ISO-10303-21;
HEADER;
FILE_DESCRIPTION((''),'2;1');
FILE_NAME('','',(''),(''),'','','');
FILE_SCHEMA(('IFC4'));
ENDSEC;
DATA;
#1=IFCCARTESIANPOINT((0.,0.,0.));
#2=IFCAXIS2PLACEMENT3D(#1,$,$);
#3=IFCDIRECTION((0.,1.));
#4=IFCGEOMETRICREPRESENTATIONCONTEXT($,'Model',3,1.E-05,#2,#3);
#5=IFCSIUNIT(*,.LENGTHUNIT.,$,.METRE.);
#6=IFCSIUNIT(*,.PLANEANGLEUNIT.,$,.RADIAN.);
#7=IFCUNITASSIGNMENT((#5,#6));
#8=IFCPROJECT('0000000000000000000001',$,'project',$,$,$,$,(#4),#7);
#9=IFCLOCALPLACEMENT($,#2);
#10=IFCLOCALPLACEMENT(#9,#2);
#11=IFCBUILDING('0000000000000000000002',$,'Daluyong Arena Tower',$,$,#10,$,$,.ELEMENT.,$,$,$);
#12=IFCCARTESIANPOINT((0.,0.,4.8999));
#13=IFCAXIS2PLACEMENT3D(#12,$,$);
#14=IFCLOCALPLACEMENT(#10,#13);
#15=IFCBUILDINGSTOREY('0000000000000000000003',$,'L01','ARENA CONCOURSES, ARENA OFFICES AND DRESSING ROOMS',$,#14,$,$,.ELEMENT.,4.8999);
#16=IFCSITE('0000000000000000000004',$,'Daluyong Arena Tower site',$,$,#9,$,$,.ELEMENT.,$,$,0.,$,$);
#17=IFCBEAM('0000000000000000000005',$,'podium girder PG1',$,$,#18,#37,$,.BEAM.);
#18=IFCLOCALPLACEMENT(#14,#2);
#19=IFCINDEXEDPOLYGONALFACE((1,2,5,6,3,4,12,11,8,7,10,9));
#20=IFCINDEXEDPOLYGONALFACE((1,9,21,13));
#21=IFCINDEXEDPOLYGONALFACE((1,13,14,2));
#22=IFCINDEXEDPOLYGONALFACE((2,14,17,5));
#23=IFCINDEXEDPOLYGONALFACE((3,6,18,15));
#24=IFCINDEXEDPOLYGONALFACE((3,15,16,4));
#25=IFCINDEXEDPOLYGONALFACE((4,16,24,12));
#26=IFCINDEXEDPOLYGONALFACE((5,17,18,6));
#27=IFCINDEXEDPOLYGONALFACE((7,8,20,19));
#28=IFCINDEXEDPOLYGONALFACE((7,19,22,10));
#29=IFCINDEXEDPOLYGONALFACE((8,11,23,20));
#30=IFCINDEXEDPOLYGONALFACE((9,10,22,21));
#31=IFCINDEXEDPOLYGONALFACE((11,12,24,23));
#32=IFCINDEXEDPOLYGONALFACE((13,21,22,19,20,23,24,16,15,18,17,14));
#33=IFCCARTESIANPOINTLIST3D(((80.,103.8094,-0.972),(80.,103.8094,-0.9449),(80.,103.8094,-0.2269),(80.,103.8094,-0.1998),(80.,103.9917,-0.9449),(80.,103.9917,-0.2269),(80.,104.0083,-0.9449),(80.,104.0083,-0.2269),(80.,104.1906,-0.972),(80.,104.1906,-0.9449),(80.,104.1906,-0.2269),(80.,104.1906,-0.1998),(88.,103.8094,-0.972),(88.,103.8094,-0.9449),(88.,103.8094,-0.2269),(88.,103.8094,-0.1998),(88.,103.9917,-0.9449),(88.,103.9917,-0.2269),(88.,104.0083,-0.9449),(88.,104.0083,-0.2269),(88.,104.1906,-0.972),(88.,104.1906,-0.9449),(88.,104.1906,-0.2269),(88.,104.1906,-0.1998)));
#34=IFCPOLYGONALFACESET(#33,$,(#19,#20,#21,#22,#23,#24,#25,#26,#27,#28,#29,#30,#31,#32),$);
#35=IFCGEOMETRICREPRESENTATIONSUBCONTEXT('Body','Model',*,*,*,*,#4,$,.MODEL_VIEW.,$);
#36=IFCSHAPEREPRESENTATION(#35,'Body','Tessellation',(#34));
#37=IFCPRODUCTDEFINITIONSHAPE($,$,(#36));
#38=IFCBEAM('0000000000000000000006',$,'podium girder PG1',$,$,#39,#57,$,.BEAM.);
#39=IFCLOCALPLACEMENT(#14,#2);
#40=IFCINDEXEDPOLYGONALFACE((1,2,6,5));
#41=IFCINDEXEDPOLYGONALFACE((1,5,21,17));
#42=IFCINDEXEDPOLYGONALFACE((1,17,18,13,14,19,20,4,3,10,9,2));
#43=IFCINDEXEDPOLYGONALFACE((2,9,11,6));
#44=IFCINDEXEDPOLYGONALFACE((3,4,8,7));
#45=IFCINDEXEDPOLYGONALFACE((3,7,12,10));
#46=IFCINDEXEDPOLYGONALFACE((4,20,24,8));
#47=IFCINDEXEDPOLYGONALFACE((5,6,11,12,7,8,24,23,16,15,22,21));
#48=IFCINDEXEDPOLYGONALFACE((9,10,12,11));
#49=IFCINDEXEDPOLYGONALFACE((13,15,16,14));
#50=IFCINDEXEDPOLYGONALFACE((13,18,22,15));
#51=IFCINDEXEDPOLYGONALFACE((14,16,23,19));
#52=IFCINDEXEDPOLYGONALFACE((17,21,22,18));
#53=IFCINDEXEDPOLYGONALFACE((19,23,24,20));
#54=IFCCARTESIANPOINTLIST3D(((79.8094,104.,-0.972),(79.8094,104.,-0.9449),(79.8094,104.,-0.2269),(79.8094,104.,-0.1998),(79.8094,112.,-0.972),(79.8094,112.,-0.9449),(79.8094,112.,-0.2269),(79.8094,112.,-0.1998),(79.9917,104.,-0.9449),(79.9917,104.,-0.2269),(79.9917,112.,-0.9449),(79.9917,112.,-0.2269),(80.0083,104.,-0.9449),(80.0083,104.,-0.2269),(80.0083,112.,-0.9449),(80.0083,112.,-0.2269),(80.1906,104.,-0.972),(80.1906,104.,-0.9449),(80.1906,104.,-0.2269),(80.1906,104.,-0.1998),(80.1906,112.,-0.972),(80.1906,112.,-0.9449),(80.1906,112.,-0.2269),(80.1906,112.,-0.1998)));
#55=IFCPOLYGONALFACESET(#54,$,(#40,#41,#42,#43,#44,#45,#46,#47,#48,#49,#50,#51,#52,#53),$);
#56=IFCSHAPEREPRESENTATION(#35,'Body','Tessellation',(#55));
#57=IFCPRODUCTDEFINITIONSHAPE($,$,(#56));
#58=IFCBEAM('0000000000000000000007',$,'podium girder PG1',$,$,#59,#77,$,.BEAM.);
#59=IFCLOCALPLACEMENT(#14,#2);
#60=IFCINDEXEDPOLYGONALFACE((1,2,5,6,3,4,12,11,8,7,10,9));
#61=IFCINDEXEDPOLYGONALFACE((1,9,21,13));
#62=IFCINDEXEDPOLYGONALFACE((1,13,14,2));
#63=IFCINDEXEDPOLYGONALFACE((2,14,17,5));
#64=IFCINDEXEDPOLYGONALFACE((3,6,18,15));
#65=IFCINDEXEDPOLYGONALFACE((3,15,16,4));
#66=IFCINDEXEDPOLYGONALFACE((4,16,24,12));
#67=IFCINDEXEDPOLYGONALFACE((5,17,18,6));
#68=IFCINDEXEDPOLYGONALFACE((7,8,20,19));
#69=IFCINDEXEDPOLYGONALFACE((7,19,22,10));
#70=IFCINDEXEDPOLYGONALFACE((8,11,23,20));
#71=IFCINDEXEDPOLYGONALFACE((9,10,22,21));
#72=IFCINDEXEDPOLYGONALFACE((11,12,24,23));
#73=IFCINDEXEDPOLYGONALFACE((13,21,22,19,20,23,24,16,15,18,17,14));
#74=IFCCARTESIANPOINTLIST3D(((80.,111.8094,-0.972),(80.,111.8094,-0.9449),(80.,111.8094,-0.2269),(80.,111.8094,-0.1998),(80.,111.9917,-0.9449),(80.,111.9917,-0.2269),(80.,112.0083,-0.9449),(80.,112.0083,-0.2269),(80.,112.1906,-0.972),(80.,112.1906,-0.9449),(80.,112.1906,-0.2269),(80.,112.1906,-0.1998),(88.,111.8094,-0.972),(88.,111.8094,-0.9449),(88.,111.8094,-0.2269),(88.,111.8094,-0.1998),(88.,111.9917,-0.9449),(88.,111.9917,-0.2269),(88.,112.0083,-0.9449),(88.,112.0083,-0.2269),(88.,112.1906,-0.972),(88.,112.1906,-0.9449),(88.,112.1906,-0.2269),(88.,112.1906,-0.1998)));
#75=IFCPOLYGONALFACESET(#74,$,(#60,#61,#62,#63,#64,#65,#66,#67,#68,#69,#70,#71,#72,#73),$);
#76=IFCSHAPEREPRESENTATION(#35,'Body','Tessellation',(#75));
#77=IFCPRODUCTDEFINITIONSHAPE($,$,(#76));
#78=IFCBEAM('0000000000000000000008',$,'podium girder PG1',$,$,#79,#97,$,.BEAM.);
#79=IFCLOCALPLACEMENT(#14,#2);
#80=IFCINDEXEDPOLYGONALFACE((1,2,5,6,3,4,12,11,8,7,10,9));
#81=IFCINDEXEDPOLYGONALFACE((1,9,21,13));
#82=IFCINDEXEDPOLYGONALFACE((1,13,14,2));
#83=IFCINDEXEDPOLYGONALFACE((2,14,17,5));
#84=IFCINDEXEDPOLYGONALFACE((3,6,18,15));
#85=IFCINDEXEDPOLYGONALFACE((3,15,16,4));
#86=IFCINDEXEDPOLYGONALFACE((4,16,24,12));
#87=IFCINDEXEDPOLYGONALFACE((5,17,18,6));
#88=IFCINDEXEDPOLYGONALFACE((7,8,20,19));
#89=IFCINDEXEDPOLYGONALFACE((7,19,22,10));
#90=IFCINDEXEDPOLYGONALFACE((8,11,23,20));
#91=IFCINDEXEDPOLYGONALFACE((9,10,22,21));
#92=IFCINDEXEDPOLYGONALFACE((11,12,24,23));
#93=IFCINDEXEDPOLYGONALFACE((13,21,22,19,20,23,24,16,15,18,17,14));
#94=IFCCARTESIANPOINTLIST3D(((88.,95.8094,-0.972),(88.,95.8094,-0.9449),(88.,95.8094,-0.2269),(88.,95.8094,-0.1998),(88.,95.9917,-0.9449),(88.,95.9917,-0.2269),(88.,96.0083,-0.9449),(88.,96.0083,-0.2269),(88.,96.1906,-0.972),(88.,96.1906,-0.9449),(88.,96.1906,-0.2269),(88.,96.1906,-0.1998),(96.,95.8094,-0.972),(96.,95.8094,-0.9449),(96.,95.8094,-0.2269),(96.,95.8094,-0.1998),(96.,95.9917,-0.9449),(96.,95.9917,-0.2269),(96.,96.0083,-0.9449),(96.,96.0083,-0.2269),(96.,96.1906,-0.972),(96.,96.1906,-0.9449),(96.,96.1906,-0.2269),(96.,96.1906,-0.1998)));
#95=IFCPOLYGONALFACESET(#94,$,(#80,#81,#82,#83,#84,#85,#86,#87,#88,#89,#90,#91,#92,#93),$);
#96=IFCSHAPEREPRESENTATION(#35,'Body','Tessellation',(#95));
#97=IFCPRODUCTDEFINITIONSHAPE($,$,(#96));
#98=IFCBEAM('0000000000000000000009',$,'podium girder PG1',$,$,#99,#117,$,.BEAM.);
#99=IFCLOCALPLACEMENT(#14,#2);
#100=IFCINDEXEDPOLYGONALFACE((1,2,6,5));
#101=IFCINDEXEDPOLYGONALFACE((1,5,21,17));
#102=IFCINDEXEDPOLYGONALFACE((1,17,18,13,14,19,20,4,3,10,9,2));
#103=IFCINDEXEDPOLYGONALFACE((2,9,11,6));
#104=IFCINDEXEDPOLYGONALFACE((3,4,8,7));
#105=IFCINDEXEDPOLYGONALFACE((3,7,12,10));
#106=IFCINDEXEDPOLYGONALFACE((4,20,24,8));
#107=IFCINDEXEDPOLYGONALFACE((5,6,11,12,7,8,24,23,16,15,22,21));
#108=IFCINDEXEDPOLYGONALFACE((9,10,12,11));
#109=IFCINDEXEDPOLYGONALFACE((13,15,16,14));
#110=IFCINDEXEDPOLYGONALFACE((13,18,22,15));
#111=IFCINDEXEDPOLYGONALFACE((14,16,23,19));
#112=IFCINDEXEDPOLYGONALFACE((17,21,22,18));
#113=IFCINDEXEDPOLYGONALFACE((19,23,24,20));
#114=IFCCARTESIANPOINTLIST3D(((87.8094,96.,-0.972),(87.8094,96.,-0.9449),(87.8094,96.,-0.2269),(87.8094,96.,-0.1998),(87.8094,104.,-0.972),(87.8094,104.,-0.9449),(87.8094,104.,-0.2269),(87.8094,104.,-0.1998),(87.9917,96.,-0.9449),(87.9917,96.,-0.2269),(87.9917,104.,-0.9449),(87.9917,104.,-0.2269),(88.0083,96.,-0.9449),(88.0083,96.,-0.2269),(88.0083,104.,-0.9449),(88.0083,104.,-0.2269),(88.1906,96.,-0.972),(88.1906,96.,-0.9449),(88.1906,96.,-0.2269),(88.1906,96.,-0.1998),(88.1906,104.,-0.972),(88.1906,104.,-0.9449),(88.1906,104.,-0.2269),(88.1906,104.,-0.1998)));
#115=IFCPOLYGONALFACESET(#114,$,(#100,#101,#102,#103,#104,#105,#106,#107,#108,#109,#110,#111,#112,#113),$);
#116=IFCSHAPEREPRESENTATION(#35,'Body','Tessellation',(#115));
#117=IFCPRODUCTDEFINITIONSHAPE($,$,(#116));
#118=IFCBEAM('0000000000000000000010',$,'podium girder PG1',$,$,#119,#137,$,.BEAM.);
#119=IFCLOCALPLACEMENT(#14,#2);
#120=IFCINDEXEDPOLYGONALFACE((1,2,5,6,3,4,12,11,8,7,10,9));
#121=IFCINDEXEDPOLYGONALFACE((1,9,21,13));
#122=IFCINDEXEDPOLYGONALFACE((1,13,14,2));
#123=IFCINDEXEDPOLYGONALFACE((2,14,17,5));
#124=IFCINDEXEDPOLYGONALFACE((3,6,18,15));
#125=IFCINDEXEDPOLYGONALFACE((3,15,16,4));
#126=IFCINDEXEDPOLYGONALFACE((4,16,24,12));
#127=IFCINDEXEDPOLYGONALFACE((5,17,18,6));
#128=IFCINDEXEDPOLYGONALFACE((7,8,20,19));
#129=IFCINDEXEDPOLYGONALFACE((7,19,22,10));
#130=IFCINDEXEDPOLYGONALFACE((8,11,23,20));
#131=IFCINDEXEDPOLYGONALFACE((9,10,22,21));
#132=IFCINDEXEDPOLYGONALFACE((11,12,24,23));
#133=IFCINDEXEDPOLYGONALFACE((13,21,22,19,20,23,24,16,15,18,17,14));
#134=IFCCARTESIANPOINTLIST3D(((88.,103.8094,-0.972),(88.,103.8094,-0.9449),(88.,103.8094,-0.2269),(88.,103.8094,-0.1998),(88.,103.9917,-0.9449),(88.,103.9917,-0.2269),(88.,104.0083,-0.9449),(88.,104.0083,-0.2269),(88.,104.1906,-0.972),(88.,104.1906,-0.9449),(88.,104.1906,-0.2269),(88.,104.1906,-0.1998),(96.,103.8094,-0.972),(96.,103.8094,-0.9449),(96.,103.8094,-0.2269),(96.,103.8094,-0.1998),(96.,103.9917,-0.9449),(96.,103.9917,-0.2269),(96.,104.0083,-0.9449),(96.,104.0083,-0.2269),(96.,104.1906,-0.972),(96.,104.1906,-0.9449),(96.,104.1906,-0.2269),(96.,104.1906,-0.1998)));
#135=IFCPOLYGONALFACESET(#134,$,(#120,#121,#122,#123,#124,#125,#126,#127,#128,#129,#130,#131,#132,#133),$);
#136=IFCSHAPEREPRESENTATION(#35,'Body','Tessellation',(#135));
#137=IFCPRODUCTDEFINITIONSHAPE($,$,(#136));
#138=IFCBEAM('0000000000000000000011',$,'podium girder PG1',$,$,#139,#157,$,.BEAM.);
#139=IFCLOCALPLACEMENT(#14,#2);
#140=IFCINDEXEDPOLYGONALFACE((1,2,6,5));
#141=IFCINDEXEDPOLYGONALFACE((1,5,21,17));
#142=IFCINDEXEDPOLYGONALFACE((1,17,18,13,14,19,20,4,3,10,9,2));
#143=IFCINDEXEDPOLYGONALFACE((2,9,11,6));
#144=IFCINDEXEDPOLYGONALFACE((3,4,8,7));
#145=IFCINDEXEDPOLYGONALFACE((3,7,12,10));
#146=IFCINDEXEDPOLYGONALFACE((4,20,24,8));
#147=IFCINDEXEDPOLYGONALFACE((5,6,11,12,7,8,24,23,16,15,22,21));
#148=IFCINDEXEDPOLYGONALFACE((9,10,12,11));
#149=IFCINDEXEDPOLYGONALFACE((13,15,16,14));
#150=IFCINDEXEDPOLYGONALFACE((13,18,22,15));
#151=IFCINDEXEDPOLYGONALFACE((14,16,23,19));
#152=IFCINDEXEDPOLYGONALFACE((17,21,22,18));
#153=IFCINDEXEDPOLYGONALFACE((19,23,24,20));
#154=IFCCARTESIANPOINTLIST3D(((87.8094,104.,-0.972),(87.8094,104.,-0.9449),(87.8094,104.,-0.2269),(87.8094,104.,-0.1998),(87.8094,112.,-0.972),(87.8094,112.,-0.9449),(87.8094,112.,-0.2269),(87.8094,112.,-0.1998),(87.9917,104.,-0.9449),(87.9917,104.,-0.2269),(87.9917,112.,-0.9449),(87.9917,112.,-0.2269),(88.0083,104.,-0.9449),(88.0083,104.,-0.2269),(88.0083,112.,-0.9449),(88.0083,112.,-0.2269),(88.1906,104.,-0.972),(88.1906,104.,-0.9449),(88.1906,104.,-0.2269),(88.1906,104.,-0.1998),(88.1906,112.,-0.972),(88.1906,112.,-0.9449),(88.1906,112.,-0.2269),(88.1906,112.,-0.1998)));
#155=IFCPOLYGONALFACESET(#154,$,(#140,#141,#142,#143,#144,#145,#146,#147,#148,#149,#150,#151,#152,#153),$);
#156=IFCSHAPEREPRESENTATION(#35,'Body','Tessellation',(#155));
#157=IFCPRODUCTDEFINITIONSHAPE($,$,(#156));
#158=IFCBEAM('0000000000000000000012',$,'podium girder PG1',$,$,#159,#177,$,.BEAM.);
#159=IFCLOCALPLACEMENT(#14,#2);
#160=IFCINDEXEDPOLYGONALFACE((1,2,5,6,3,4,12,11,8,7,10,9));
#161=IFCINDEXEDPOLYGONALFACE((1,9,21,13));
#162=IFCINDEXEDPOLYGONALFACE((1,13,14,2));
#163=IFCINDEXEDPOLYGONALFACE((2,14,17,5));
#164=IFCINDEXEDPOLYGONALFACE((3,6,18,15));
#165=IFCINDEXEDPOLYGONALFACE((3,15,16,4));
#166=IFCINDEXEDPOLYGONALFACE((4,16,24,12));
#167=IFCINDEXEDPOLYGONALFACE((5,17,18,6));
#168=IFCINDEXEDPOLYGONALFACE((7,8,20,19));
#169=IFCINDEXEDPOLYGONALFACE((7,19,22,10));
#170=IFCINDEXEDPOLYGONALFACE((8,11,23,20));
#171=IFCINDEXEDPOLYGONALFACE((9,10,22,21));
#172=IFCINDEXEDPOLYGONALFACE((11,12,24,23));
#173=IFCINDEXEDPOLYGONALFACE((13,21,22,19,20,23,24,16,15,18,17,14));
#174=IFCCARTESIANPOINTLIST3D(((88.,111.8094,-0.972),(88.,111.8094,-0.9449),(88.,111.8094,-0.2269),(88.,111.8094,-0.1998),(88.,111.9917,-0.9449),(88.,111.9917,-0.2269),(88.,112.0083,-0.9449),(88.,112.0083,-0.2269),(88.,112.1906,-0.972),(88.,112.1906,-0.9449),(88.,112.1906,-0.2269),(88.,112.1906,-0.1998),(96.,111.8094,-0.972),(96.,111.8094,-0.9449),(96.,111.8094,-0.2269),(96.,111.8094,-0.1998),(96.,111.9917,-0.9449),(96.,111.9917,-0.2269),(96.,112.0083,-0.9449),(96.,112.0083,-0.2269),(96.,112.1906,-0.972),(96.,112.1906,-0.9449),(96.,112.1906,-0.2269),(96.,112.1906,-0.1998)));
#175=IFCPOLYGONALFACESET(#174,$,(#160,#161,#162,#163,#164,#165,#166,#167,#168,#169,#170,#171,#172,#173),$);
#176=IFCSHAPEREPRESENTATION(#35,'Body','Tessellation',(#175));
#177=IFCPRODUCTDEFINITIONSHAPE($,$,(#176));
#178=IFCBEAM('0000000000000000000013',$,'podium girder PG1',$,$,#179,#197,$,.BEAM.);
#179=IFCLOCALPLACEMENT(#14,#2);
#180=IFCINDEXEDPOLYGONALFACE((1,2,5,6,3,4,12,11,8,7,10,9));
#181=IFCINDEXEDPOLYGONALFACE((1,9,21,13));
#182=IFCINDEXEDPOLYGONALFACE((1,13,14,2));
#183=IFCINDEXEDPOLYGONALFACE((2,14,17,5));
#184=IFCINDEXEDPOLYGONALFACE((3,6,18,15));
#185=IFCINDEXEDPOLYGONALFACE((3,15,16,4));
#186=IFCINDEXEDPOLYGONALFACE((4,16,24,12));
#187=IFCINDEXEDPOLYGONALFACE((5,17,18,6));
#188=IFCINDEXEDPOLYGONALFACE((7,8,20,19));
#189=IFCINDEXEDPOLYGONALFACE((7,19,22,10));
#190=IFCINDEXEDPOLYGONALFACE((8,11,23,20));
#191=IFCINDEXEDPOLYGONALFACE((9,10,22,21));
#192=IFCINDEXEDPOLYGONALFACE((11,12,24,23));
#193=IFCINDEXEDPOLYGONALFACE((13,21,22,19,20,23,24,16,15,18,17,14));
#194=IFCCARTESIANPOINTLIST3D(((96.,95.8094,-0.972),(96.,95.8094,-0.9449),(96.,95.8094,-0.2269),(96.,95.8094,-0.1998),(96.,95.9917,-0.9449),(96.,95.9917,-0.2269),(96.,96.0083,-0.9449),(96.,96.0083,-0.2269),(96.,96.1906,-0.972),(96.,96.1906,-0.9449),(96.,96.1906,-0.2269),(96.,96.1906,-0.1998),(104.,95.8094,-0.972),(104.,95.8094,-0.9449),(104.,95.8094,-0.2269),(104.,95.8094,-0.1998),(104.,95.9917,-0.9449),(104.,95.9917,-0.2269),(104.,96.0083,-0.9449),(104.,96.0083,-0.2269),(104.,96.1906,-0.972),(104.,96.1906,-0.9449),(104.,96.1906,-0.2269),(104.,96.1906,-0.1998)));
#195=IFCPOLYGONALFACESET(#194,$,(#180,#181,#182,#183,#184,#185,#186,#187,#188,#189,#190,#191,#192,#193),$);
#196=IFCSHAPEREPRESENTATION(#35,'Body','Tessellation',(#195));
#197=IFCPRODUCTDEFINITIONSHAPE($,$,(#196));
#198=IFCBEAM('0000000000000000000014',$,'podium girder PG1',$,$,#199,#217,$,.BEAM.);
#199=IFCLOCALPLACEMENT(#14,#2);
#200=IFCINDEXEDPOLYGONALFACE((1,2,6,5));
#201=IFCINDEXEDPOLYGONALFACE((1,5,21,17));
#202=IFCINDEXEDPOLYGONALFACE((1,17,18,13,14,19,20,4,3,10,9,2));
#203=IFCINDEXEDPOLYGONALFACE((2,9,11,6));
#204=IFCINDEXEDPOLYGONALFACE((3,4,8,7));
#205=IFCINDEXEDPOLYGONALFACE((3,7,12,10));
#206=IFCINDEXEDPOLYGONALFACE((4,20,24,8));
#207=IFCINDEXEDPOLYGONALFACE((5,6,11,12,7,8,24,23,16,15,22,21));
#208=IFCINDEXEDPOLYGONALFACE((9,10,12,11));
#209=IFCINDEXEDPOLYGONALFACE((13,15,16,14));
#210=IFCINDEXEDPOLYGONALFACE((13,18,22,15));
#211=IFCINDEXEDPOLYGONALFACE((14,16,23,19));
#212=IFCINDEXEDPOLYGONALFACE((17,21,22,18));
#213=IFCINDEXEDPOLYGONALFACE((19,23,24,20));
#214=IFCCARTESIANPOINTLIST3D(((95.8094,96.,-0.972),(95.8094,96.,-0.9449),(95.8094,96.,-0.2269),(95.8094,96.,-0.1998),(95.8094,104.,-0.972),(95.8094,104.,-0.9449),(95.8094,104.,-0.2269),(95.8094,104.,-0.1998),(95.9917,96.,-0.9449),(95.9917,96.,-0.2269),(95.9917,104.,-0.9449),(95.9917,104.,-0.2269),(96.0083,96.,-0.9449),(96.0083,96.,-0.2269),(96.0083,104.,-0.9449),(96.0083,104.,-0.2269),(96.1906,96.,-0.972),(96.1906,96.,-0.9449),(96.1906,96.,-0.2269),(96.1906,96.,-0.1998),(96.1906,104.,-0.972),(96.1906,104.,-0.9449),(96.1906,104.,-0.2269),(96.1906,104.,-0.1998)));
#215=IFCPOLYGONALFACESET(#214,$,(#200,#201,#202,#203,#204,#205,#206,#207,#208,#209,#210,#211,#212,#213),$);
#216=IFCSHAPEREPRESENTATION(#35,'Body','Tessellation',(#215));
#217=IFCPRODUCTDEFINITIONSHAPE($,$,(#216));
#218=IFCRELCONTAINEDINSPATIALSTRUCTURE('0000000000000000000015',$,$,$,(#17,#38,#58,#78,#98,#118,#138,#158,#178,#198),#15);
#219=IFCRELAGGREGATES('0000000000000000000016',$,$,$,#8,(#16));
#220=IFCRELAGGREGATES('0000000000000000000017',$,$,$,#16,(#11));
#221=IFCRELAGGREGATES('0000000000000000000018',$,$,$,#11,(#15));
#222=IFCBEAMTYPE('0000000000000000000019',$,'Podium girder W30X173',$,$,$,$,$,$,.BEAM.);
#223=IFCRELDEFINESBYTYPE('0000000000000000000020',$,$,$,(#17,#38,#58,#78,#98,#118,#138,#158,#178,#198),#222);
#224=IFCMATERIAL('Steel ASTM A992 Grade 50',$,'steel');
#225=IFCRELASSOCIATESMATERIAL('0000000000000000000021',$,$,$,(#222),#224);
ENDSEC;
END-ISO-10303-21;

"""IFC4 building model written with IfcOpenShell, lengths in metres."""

from ifc_helpers import new_model, si_unit, direction, frame, origin, origin_2d, place, context, subcontext, project, spatial, i_section, extrude, material, material_profile, profile_set, type_object, element, save


model = new_model("IFC4")

# Units and contexts
model_context = context("Model", 3, precision=1e-05, world=origin(), true_north=direction((0.0, 1.0)))
body_context = subcontext(model_context, "Body", "Model", "MODEL_VIEW")
ifc_project = project(units=[si_unit("LENGTHUNIT", "METRE"), si_unit("PLANEANGLEUNIT", "RADIAN")], contexts=[model_context])

# Site, building, storey
site_placement = place(None, origin())
site = spatial("IfcSite", under=ifc_project, at=site_placement, Name="Daluyong Arena Tower site", CompositionType="ELEMENT", RefElevation=0.0)
building_placement = place(site_placement, origin())
building = spatial("IfcBuilding", under=site, at=building_placement, Name="Daluyong Arena Tower", CompositionType="ELEMENT")
storey_placement = place(building_placement, frame((0.0, 0.0, 4.8999)))
storey = spatial("IfcBuildingStorey", under=building, at=storey_placement, Name="L01", Description="ARENA CONCOURSES, ARENA OFFICES AND DRESSING ROOMS", CompositionType="ELEMENT", Elevation=4.8999)

# Beams
ifc_material_1 = material(Name="Steel ASTM A992 Grade 50", Category="steel")
ifc_material_profile_1 = material_profile(ifc_material_1, i_section(OverallWidth=0.3811, OverallDepth=0.7722, WebThickness=0.0166, FlangeThickness=0.0271, at=origin_2d()))
ifc_profile_set_1 = profile_set([ifc_material_profile_1], Name="Steel ASTM A992 Grade 50")
beam_type_1 = type_object("IfcBeamType", Name="Podium girder W30X173", PredefinedType="BEAM", material=ifc_profile_set_1)
for number, where, z_axis, x_axis, name in (
    (1, (80.0, 104.0, -0.5859), (1.0, 0.0, 0.0), (0.0, 1.0, 0.0), "podium girder PG1"),
    (2, (80.0, 104.0, -0.5859), (0.0, 1.0, 0.0), (-1.0, 0.0, 0.0), "podium girder PG1"),
    (3, (80.0, 112.0, -0.5859), (1.0, 0.0, 0.0), (0.0, 1.0, 0.0), "podium girder PG1"),
    (4, (88.0, 96.0, -0.5859), (1.0, 0.0, 0.0), (0.0, 1.0, 0.0), "podium girder PG1"),
    (5, (88.0, 96.0, -0.5859), (0.0, 1.0, 0.0), (-1.0, 0.0, 0.0), "podium girder PG1"),
    (6, (88.0, 104.0, -0.5859), (1.0, 0.0, 0.0), (0.0, 1.0, 0.0), "podium girder PG1"),
    (7, (88.0, 104.0, -0.5859), (0.0, 1.0, 0.0), (-1.0, 0.0, 0.0), "podium girder PG1"),
    (8, (88.0, 112.0, -0.5859), (1.0, 0.0, 0.0), (0.0, 1.0, 0.0), "podium girder PG1"),
    (9, (96.0, 96.0, -0.5859), (1.0, 0.0, 0.0), (0.0, 1.0, 0.0), "podium girder PG1"),
    (10, (96.0, 96.0, -0.5859), (0.0, 1.0, 0.0), (-1.0, 0.0, 0.0), "podium girder PG1"),
):
    element("IfcBeam", number, at=place(storey_placement, frame(where, z_axis=z_axis, x_axis=x_axis)), inside=storey, type_object=beam_type_1, Name=name, PredefinedType="BEAM", context=body_context, shape_type="SweptSolid", body=[
        extrude(i_section(OverallWidth=0.3811, OverallDepth=0.7722, WebThickness=0.0166, FlangeThickness=0.0271, at=origin_2d()), origin(), (0.0, 0.0, 1.0), 8.0),
    ])

save(model, "model.ifc")
